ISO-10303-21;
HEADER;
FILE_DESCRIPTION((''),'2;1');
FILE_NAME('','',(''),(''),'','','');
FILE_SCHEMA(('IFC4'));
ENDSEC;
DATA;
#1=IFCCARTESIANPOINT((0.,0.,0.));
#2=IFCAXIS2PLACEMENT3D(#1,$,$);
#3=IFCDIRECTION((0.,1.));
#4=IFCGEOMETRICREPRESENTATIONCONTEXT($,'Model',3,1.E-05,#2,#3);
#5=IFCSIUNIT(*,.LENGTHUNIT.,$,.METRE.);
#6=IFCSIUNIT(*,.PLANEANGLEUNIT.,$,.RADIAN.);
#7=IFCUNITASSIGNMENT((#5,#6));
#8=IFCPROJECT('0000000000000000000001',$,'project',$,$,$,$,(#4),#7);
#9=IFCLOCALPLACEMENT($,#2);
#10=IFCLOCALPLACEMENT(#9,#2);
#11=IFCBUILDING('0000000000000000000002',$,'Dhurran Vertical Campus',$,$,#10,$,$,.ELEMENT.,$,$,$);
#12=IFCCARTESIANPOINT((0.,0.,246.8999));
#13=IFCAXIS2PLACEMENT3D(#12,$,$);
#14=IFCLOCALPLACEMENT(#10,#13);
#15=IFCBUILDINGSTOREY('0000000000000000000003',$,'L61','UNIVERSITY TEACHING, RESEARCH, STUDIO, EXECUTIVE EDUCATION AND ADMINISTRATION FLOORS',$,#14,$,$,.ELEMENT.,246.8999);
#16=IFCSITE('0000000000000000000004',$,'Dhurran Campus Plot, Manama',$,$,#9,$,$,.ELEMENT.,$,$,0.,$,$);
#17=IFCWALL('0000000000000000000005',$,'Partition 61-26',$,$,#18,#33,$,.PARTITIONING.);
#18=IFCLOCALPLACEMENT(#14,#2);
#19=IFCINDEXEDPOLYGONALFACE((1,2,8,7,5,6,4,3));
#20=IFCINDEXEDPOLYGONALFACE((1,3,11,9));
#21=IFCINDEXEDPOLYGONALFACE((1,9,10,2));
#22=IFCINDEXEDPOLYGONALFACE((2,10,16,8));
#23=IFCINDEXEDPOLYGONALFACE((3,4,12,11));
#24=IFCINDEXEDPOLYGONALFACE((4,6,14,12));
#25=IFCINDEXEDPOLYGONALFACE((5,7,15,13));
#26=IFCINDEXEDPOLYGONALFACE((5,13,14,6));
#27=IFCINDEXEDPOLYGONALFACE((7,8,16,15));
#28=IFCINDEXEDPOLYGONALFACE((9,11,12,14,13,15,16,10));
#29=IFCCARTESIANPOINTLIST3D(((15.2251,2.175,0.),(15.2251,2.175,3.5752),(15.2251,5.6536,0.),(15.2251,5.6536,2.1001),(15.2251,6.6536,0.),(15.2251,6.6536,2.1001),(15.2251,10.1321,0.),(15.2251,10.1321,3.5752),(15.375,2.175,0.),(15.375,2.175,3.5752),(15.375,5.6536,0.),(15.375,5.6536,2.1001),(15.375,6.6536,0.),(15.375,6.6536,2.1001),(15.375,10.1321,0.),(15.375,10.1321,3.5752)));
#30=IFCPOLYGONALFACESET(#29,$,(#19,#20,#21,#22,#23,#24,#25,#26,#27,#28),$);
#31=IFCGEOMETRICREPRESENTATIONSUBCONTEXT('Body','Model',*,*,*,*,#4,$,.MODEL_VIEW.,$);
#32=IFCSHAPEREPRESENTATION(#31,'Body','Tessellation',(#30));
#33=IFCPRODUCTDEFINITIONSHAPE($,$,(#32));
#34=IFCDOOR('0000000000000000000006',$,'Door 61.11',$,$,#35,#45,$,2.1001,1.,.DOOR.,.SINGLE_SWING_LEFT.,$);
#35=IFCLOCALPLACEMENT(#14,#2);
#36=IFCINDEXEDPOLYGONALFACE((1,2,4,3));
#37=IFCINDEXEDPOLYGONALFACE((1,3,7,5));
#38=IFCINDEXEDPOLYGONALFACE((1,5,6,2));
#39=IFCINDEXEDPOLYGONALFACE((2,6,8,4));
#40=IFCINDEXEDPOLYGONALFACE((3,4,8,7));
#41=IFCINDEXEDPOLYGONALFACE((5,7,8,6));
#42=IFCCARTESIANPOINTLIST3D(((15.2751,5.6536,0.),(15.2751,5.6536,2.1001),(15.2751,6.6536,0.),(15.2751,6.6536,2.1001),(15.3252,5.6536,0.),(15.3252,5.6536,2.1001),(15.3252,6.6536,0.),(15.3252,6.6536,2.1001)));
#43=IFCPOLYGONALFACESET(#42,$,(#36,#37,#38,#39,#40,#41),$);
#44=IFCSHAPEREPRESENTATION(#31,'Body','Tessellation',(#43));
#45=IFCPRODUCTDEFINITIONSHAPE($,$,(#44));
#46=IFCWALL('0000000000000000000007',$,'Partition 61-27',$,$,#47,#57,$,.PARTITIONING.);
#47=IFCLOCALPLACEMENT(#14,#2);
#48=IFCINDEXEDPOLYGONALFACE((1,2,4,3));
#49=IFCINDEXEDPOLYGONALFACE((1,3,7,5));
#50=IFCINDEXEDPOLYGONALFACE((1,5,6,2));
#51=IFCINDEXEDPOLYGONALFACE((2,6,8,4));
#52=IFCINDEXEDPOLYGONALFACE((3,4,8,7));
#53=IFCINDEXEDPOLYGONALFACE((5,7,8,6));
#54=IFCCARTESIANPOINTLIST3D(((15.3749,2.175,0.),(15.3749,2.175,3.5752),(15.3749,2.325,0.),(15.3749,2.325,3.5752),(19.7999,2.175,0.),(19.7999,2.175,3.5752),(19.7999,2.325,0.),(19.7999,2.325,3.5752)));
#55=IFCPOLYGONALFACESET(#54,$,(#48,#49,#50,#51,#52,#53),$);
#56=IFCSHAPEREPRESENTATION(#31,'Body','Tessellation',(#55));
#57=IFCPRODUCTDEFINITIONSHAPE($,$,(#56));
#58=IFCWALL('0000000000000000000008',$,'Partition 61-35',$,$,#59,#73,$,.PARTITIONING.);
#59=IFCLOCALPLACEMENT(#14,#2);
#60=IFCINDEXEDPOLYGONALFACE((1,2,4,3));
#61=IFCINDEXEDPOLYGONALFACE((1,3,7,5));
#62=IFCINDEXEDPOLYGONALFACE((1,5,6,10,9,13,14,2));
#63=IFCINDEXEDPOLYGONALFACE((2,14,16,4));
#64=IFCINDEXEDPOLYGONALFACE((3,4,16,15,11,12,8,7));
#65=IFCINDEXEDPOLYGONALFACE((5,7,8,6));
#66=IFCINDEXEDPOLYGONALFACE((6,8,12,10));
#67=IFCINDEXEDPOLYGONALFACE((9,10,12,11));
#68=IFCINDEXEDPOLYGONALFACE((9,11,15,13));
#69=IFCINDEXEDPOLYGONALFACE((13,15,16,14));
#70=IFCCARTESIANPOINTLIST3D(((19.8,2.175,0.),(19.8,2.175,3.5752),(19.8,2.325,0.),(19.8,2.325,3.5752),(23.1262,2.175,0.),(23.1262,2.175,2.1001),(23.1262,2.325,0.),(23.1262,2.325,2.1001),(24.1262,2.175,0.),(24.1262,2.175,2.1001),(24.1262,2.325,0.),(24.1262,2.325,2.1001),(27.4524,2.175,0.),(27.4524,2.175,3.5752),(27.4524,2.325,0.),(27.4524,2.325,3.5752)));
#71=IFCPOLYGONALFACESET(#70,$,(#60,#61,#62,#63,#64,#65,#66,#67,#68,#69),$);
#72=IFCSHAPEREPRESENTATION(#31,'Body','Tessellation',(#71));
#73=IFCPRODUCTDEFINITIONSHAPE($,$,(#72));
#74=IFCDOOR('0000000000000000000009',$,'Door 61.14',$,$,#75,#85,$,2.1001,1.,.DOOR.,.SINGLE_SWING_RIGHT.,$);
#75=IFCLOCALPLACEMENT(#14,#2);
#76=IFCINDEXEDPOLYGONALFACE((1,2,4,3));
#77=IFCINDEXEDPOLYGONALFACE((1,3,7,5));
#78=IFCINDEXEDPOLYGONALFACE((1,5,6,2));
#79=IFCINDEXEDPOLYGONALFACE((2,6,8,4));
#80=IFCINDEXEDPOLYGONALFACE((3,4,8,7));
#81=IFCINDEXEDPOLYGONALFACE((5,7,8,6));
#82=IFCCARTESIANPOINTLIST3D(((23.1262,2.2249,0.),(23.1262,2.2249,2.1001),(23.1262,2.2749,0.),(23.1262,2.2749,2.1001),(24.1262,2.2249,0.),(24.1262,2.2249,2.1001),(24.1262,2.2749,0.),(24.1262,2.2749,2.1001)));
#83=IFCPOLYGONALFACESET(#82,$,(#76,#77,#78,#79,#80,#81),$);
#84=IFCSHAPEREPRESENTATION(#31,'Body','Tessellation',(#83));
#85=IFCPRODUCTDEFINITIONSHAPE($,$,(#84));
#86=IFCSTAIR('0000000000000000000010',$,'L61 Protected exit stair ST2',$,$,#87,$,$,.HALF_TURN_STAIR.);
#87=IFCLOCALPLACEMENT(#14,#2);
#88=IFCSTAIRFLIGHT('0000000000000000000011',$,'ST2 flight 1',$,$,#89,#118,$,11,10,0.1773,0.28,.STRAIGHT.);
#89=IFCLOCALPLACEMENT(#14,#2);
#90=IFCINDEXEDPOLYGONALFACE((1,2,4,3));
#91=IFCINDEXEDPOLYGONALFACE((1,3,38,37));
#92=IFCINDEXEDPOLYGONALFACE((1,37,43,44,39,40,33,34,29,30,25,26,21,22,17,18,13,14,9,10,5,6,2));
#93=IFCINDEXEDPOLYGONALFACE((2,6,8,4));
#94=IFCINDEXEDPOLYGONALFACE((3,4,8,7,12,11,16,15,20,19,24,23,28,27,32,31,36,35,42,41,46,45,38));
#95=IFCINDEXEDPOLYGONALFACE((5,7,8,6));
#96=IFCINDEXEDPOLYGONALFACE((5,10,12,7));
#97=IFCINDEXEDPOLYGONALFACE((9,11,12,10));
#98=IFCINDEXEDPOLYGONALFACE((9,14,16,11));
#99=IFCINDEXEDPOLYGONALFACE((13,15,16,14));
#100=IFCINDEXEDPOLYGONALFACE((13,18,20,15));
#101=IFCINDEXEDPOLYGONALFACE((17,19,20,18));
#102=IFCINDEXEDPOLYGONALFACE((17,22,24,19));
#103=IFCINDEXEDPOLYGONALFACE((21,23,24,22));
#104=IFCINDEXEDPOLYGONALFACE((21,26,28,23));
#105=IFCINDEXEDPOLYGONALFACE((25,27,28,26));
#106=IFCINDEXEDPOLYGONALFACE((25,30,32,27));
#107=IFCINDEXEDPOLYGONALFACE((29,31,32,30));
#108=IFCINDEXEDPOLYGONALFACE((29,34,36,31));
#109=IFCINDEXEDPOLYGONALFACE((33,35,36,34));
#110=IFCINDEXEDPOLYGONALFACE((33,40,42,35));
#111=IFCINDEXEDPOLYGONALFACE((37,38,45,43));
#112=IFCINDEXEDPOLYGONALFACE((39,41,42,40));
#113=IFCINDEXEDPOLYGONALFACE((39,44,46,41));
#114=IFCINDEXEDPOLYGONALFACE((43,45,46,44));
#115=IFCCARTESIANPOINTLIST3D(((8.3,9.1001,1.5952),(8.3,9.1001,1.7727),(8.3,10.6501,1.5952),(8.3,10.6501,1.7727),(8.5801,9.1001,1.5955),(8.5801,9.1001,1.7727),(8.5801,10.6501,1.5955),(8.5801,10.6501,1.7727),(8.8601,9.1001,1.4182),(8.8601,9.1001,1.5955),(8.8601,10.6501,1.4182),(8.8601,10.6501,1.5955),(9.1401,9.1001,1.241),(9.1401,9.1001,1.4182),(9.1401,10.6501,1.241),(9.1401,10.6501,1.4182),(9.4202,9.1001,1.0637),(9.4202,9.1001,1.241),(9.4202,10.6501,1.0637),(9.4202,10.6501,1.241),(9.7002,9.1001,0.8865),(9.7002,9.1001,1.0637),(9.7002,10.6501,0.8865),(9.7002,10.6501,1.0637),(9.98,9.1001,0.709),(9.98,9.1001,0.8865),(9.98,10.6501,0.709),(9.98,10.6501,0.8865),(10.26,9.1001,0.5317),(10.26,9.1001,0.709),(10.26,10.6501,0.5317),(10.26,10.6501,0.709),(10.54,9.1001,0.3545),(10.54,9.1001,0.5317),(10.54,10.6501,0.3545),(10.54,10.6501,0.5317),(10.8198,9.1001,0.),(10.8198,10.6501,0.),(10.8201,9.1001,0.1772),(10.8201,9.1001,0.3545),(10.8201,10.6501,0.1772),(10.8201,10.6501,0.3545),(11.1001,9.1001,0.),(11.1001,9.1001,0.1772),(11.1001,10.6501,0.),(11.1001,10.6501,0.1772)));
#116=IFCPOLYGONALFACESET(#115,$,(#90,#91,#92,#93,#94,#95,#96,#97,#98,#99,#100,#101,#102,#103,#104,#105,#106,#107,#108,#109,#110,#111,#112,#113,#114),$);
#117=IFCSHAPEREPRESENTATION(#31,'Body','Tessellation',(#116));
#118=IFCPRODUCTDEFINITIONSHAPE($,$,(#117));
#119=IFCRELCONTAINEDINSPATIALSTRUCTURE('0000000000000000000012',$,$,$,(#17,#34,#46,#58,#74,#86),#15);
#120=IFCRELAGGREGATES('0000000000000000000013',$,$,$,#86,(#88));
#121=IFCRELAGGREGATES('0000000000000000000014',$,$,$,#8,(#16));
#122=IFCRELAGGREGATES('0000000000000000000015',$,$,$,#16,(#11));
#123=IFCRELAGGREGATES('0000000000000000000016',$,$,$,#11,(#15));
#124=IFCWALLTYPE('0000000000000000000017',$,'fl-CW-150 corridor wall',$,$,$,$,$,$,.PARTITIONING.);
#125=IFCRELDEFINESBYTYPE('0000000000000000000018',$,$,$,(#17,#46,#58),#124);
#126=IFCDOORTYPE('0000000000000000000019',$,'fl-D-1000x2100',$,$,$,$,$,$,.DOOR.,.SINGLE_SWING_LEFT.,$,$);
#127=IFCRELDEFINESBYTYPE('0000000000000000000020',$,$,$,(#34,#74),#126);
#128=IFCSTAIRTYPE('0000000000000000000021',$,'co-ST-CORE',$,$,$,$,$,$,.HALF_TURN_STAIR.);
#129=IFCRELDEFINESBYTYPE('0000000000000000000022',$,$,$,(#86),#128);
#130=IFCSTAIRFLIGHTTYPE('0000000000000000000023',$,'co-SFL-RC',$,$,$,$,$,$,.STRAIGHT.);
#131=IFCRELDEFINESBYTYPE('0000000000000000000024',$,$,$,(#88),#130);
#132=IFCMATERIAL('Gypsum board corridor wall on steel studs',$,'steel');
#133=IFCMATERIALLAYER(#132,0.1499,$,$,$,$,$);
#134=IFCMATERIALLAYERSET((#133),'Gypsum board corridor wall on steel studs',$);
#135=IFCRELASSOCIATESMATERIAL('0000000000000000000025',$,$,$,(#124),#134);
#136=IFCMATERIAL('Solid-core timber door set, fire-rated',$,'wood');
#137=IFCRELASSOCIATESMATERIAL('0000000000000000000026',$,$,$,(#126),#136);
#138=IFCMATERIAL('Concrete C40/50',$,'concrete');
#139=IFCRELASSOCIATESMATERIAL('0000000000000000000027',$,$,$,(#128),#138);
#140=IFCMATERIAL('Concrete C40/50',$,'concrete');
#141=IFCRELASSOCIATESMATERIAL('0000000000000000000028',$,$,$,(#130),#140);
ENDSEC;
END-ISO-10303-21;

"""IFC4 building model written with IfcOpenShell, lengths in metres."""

from ifc_helpers import new_model, si_unit, direction, frame, frame_2d, origin, place, context, subcontext, project, spatial, polyline, rectangle, outline, extrude, material, layer, layer_set, type_object, element, fill, aggregate, save


model = new_model("IFC4")

# Units and contexts
model_context = context("Model", 3, precision=1e-05, world=origin(), true_north=direction((0.0, 1.0)))
body_context = subcontext(model_context, "Body", "Model", "MODEL_VIEW")
ifc_project = project(units=[si_unit("LENGTHUNIT", "METRE"), si_unit("PLANEANGLEUNIT", "RADIAN")], contexts=[model_context])

# Site, building, storey
site_placement = place(None, origin())
site = spatial("IfcSite", under=ifc_project, at=site_placement, Name="Dhurran Campus Plot, Manama", CompositionType="ELEMENT", RefElevation=0.0)
building_placement = place(site_placement, origin())
building = spatial("IfcBuilding", under=site, at=building_placement, Name="Dhurran Vertical Campus", CompositionType="ELEMENT")
storey_placement = place(building_placement, frame((0.0, 0.0, 246.8999)))
storey = spatial("IfcBuildingStorey", under=building, at=storey_placement, Name="L61", Description="UNIVERSITY TEACHING, RESEARCH, STUDIO, EXECUTIVE EDUCATION AND ADMINISTRATION FLOORS", CompositionType="ELEMENT", Elevation=246.8999)

# Wall, opening, door
ifc_material_1 = material(Name="Gypsum board corridor wall on steel studs", Category="steel")
ifc_layer_1 = layer(ifc_material_1, 0.1499)
ifc_layer_set_1 = layer_set([ifc_layer_1], Name="Gypsum board corridor wall on steel studs")
wall_type_1 = type_object("IfcWallType", Name="fl-CW-150 corridor wall", PredefinedType="PARTITIONING", material=ifc_layer_set_1)
wall_1_placement = place(storey_placement, frame((15.3, 2.175, 0.0), z_axis=(0.0, 0.0, 1.0), x_axis=(0.0, 1.0, 0.0)))
wall_1 = element("IfcWall", 1, at=wall_1_placement, inside=storey, type_object=wall_type_1, Name="Partition 61-26", PredefinedType="PARTITIONING", context=body_context, shape_type="SweptSolid", body=[
    extrude(rectangle(XDim=7.957, YDim=0.1499, at=frame_2d((3.9785, 0.0))), origin(), (0.0, 0.0, 1.0), 3.5752),
])
opening_1_placement = place(wall_1_placement, frame((3.4785, 0.0, 0.0)))
opening_1 = element("IfcOpeningElement", 2, at=opening_1_placement, cuts=wall_1, PredefinedType="OPENING", context=body_context, shape_type="SweptSolid", body=[
    extrude(rectangle(XDim=1.0, YDim=2.1001, at=frame_2d((0.5, 1.05))), frame((0.0, 0.085, 0.0), z_axis=(0.0, -1.0, 0.0), x_axis=(1.0, 0.0, 0.0)), (0.0, 0.0, 1.0), 0.1699),
])
ifc_material_2 = material(Name="Solid-core timber door set, fire-rated", Category="wood")
door_type = type_object("IfcDoorType", Name="fl-D-1000x2100", OperationType="SINGLE_SWING_LEFT", PredefinedType="DOOR", material=ifc_material_2)
door_1_placement = place(opening_1_placement, origin())
door_1 = element("IfcDoor", 3, at=door_1_placement, inside=storey, type_object=door_type, Name="Door 61.11", OperationType="SINGLE_SWING_LEFT", OverallHeight=2.1001, OverallWidth=1.0, PredefinedType="DOOR", context=body_context, shape_type="SweptSolid", body=[
    extrude(rectangle(XDim=1.0, YDim=2.1001, at=frame_2d((0.5, 1.05))), frame((0.0, 0.0249, 0.0), z_axis=(0.0, -1.0, 0.0), x_axis=(1.0, 0.0, 0.0)), (0.0, 0.0, 1.0), 0.05),
])
fill(opening_1, door_1)

# Wall
wall_2_placement = place(storey_placement, frame((15.375, 2.25, 0.0), z_axis=(0.0, 0.0, 1.0), x_axis=(1.0, 0.0, 0.0)))
element("IfcWall", 4, at=wall_2_placement, inside=storey, type_object=wall_type_1, Name="Partition 61-27", PredefinedType="PARTITIONING", context=body_context, shape_type="SweptSolid", body=[
    extrude(rectangle(XDim=4.425, YDim=0.1499, at=frame_2d((2.2124, 0.0))), origin(), (0.0, 0.0, 1.0), 3.5752),
])

# Wall, opening, door
wall_3_placement = place(storey_placement, frame((19.8, 2.25, 0.0), z_axis=(0.0, 0.0, 1.0), x_axis=(1.0, 0.0, 0.0)))
wall_3 = element("IfcWall", 5, at=wall_3_placement, inside=storey, type_object=wall_type_1, Name="Partition 61-35", PredefinedType="PARTITIONING", context=body_context, shape_type="SweptSolid", body=[
    extrude(rectangle(XDim=7.6523, YDim=0.1499, at=frame_2d((3.8262, 0.0))), origin(), (0.0, 0.0, 1.0), 3.5752),
])
opening_2_placement = place(wall_3_placement, frame((3.3262, 0.0, 0.0)))
opening_2 = element("IfcOpeningElement", 6, at=opening_2_placement, cuts=wall_3, PredefinedType="OPENING", context=body_context, shape_type="SweptSolid", body=[
    extrude(rectangle(XDim=1.0, YDim=2.1001, at=frame_2d((0.5, 1.05))), frame((0.0, 0.085, 0.0), z_axis=(0.0, -1.0, 0.0), x_axis=(1.0, 0.0, 0.0)), (0.0, 0.0, 1.0), 0.1699),
])
door_2_placement = place(opening_2_placement, origin())
door_2 = element("IfcDoor", 7, at=door_2_placement, inside=storey, type_object=door_type, Name="Door 61.14", OperationType="SINGLE_SWING_RIGHT", OverallHeight=2.1001, OverallWidth=1.0, PredefinedType="DOOR", context=body_context, shape_type="SweptSolid", body=[
    extrude(rectangle(XDim=1.0, YDim=2.1001, at=frame_2d((0.5, 1.05))), frame((0.0, 0.0249, 0.0), z_axis=(0.0, -1.0, 0.0), x_axis=(1.0, 0.0, 0.0)), (0.0, 0.0, 1.0), 0.05),
])
fill(opening_2, door_2)

# Stair, stair flight
ifc_material_3 = material(Name="Concrete C40/50", Category="concrete")
stair_type = type_object("IfcStairType", Name="co-ST-CORE", PredefinedType="HALF_TURN_STAIR", material=ifc_material_3)
stair_placement = place(storey_placement, origin())
stair = element("IfcStair", 8, at=stair_placement, inside=storey, type_object=stair_type, Name="L61 Protected exit stair ST2", PredefinedType="HALF_TURN_STAIR")
ifc_material_4 = material(Name="Concrete C40/50", Category="concrete")
stair_flight_type = type_object("IfcStairFlightType", Name="co-SFL-RC", PredefinedType="STRAIGHT", material=ifc_material_4)
stair_flight_placement = place(storey_placement, frame((11.1001, 9.875, 0.0), z_axis=(0.0, 0.0, 1.0), x_axis=(-1.0, 0.0, 0.0)))
stair_flight = element("IfcStairFlight", 9, at=stair_flight_placement, type_object=stair_flight_type, Name="ST2 flight 1", NumberOfRisers=11, NumberOfTreads=10, PredefinedType="STRAIGHT", RiserHeight=0.1773, TreadLength=0.28, context=body_context, shape_type="SweptSolid", body=[
    extrude(outline(polyline([(0.0, 0.0), (0.0, 0.1772), (0.28, 0.1772), (0.28, 0.3545), (0.5601, 0.3545), (0.5601, 0.5317), (0.8401, 0.5317), (0.8401, 0.709), (1.1201, 0.709), (1.1201, 0.8865), (1.3999, 0.8865), (1.3999, 1.0637), (1.6799, 1.0637), (1.6799, 1.241), (1.96, 1.241), (1.96, 1.4182), (2.24, 1.4182), (2.24, 1.5955), (2.52, 1.5955), (2.52, 1.7727), (2.8, 1.7727), (2.8, 1.95), (2.8, 1.5952), (0.2803, 0.0), (0.0, 0.0)])), frame((0.0, 0.7749, 0.0), z_axis=(0.0, -1.0, 0.0), x_axis=(1.0, 0.0, 0.0)), (0.0, 0.0, 1.0), 1.55),
])
aggregate(stair, [stair_flight])

save(model, "model.ifc")
